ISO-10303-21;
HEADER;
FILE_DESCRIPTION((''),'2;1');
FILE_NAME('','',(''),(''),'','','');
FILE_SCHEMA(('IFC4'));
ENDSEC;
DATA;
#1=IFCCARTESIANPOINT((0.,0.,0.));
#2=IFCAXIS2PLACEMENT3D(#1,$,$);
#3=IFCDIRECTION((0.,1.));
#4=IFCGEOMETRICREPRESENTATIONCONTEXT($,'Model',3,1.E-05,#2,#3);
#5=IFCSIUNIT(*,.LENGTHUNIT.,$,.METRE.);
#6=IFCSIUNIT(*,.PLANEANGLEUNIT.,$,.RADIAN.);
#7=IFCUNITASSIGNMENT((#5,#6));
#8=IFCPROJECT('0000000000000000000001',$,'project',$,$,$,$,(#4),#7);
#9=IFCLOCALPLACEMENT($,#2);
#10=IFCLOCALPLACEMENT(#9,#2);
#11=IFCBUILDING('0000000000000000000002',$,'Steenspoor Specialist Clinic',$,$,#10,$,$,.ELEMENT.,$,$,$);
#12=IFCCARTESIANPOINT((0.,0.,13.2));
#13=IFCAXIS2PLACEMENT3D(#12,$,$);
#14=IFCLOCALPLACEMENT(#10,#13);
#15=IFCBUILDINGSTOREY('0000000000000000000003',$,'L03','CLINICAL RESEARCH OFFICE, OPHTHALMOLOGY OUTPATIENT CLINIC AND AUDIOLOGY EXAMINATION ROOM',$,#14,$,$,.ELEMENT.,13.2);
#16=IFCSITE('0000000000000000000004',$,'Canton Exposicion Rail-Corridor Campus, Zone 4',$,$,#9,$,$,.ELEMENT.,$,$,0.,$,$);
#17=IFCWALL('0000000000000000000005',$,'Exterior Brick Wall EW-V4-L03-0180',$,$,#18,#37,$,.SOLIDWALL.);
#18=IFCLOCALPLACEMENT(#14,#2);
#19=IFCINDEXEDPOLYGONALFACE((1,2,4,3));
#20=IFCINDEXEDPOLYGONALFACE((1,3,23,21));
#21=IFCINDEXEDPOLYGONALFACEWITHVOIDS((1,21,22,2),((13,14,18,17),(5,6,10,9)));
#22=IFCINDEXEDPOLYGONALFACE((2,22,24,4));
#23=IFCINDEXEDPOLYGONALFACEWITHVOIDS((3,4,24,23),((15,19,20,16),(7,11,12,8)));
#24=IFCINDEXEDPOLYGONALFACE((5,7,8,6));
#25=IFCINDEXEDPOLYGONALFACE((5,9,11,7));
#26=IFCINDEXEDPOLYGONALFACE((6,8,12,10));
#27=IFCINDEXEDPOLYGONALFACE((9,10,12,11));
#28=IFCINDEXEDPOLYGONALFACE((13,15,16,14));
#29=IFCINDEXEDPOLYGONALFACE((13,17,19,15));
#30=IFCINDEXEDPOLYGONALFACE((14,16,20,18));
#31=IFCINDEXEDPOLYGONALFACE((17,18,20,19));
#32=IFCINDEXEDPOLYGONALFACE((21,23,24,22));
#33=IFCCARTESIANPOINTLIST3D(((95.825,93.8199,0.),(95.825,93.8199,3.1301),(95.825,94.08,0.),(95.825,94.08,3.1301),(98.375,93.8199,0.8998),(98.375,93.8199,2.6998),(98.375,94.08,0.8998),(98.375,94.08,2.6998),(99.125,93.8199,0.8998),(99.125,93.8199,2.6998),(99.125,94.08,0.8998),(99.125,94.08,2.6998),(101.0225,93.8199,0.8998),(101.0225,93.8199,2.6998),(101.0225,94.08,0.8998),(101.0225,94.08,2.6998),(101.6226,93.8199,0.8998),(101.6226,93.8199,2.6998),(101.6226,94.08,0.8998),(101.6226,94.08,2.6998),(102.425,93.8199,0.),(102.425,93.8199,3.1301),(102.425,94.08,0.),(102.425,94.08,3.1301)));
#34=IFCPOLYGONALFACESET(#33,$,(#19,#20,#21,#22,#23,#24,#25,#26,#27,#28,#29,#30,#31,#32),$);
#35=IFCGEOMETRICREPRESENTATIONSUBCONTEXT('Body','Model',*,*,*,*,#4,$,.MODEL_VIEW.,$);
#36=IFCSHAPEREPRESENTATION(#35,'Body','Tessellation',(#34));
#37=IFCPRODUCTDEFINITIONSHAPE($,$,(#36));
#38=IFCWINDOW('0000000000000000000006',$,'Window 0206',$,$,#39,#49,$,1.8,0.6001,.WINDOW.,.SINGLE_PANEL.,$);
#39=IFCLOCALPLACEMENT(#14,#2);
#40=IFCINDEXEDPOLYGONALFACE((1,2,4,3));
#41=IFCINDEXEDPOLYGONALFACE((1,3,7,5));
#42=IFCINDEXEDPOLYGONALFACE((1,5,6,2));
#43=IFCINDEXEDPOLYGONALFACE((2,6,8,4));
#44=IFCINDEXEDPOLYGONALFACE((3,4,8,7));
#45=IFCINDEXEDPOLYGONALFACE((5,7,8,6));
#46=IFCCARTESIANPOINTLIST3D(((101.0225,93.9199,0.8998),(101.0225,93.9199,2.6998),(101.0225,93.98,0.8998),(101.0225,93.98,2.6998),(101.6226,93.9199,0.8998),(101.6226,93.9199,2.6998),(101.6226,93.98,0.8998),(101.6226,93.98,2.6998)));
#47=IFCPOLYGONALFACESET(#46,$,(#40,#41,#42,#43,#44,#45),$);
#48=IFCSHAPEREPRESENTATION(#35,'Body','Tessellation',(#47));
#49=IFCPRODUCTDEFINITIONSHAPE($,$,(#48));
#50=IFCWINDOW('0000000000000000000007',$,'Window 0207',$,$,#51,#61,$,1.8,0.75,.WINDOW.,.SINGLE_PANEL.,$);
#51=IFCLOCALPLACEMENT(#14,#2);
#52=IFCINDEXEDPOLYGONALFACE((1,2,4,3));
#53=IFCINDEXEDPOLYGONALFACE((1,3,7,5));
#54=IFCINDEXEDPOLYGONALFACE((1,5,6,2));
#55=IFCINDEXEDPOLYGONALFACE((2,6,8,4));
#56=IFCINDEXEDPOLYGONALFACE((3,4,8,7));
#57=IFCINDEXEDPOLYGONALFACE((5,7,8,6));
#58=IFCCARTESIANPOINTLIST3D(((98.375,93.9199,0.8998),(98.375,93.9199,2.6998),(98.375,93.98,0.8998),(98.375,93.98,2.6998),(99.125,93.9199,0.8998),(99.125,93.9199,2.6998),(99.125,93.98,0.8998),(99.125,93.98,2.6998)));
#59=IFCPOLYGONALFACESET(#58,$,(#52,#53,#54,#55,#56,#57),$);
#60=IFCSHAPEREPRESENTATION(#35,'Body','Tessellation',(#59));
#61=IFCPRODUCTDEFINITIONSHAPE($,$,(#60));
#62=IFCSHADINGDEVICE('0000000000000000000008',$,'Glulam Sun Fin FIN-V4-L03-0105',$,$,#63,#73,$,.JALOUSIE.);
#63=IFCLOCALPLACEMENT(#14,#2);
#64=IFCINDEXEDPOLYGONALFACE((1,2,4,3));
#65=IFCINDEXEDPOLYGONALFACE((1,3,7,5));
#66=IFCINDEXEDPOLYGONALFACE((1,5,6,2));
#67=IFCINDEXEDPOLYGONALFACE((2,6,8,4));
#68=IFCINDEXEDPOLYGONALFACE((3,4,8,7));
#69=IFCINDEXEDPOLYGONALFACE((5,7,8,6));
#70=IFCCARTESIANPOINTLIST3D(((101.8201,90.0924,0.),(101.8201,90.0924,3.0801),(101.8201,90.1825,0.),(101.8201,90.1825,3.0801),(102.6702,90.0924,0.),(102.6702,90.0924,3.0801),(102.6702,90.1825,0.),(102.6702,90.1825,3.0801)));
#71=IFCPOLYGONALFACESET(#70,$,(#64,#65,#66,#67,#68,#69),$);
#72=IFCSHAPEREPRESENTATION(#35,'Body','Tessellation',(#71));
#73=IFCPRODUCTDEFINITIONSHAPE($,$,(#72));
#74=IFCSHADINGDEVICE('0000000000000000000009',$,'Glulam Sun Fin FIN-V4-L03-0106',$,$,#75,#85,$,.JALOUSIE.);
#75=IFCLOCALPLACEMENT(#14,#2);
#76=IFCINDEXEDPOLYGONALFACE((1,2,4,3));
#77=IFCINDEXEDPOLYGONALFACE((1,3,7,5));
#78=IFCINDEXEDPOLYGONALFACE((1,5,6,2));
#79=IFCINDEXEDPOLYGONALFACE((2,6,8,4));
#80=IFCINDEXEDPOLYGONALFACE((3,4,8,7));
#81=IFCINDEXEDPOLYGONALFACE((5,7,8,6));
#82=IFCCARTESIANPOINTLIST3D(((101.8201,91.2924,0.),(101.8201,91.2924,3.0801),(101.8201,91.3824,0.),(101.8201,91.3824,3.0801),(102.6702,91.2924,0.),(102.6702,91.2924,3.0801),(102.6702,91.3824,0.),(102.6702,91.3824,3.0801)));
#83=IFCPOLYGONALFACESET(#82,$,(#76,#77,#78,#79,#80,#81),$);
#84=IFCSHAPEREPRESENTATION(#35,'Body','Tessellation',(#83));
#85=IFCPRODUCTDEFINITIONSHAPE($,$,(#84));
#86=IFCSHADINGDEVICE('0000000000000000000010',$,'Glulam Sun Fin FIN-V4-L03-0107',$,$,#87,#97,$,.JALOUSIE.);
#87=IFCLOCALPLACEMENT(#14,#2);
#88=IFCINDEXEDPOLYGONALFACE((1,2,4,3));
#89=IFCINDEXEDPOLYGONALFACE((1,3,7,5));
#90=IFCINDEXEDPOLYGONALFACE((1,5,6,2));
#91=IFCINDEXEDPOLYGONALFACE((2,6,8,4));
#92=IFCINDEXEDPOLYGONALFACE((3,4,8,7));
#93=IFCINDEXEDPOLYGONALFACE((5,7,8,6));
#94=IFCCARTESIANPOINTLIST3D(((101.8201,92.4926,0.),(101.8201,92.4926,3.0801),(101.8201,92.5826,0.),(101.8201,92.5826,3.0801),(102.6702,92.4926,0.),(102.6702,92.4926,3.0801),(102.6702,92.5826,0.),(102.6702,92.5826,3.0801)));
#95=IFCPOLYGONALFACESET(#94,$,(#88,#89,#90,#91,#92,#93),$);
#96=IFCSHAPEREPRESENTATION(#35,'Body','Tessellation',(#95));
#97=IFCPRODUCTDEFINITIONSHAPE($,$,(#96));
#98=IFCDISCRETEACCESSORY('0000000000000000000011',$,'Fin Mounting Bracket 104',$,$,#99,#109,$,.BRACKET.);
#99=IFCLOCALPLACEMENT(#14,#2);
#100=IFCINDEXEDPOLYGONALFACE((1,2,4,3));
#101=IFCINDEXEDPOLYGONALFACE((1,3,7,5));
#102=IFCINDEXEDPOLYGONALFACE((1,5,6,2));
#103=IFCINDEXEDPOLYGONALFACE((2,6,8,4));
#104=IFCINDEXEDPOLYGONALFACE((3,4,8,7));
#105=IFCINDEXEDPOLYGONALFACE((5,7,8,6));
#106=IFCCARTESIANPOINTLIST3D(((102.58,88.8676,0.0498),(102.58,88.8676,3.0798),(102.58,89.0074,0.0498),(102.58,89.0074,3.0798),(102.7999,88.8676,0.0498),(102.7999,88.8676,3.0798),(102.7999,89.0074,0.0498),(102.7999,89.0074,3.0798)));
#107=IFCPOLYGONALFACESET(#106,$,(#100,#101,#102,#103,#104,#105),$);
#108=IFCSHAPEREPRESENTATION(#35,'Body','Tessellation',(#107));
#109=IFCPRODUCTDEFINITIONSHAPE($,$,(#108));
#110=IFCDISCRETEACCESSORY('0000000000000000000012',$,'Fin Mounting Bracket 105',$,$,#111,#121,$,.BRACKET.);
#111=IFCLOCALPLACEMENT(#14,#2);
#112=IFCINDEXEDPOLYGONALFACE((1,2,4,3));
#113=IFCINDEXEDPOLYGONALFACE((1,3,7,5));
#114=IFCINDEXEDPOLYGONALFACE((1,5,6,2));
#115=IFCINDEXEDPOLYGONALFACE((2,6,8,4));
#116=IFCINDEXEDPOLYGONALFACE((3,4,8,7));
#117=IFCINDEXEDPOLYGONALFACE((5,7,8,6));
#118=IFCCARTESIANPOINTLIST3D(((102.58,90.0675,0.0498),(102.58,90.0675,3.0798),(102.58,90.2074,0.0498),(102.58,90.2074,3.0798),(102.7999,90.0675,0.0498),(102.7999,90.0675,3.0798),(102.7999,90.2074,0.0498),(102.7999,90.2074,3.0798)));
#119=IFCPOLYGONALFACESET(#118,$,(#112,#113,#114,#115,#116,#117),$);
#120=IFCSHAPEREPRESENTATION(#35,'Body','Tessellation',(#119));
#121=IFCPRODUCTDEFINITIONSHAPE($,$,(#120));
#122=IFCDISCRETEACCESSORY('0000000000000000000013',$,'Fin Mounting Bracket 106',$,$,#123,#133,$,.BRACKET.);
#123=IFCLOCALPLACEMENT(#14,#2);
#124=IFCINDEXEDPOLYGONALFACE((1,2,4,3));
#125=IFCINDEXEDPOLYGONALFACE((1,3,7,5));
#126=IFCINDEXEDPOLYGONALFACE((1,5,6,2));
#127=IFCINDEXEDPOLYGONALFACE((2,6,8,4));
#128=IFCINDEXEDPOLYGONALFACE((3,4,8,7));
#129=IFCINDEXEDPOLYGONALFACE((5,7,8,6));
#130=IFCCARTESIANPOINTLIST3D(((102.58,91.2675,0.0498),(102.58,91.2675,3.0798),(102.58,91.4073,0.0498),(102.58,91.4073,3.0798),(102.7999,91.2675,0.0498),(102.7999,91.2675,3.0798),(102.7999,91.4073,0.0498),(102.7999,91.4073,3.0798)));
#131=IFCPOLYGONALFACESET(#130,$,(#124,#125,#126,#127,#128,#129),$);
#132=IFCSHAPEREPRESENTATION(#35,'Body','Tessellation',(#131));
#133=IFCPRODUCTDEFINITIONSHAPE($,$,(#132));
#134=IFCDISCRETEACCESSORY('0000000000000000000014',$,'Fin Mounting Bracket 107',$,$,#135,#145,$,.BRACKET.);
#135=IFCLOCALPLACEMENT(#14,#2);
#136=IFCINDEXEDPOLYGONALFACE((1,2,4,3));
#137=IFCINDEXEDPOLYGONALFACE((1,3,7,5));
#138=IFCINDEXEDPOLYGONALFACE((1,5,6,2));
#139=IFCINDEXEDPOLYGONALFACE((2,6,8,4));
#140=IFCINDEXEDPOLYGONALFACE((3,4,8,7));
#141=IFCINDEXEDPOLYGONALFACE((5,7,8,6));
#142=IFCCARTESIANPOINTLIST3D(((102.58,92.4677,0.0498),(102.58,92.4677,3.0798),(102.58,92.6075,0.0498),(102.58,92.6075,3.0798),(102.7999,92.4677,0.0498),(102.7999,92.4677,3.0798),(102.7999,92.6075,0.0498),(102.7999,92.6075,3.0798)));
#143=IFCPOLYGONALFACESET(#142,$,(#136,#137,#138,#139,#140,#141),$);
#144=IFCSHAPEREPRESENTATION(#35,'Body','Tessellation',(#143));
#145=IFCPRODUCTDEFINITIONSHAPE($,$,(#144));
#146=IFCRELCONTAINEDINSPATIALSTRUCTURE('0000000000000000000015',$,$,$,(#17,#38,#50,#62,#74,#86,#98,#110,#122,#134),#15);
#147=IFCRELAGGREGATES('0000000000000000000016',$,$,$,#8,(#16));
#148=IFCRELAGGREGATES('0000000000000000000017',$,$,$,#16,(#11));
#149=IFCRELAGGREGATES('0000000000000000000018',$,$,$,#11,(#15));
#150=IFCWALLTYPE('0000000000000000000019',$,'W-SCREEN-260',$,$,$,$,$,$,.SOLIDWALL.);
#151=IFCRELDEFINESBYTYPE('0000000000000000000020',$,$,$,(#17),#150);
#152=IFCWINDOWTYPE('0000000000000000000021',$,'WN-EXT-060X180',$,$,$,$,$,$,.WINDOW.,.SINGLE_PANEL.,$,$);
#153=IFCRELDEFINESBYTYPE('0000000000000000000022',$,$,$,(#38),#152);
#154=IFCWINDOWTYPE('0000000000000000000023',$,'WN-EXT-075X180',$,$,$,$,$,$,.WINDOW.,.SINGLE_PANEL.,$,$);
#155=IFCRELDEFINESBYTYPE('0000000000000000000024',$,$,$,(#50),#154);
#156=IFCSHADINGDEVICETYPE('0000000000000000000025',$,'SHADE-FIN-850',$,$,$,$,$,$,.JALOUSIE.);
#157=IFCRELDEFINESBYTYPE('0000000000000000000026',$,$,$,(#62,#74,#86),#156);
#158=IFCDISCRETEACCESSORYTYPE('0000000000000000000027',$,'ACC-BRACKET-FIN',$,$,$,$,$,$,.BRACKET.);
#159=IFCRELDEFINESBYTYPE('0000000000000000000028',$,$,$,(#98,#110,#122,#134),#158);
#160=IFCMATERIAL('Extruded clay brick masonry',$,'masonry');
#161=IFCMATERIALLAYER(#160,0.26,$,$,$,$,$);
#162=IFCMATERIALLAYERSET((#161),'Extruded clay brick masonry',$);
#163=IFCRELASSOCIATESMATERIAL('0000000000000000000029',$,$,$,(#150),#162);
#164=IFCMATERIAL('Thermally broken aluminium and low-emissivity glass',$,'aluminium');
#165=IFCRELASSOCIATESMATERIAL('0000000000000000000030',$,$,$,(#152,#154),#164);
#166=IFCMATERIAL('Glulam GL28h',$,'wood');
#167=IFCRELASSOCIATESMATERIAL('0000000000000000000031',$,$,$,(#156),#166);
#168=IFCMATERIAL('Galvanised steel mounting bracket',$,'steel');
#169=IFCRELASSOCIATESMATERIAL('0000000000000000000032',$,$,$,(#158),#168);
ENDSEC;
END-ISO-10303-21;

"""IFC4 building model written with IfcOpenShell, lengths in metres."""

from ifc_helpers import new_model, si_unit, direction, frame, frame_2d, origin, origin_2d, place, context, subcontext, project, spatial, rectangle, extrude, material, layer, layer_set, material_profile, profile_set, type_object, element, fill, save


model = new_model("IFC4")

# Units and contexts
model_context = context("Model", 3, precision=1e-05, world=origin(), true_north=direction((0.0, 1.0)))
body_context = subcontext(model_context, "Body", "Model", "MODEL_VIEW")
ifc_project = project(units=[si_unit("LENGTHUNIT", "METRE"), si_unit("PLANEANGLEUNIT", "RADIAN")], contexts=[model_context])

# Site, building, storey
site_placement = place(None, origin())
site = spatial("IfcSite", under=ifc_project, at=site_placement, Name="Canton Exposicion Rail-Corridor Campus, Zone 4", CompositionType="ELEMENT", RefElevation=0.0)
building_placement = place(site_placement, origin())
building = spatial("IfcBuilding", under=site, at=building_placement, Name="Steenspoor Specialist Clinic", CompositionType="ELEMENT")
storey_placement = place(building_placement, frame((0.0, 0.0, 13.2)))
storey = spatial("IfcBuildingStorey", under=building, at=storey_placement, Name="L03", Description="CLINICAL RESEARCH OFFICE, OPHTHALMOLOGY OUTPATIENT CLINIC AND AUDIOLOGY EXAMINATION ROOM", CompositionType="ELEMENT", Elevation=13.2)

# Shared definitions
ifc_material_1 = material(Name="Thermally broken aluminium and low-emissivity glass", Category="aluminium")

# Wall, openings, windows
ifc_material_2 = material(Name="Extruded clay brick masonry", Category="masonry")
ifc_layer_1 = layer(ifc_material_2, 0.26)
ifc_layer_set_1 = layer_set([ifc_layer_1], Name="Extruded clay brick masonry")
wall_type_1 = type_object("IfcWallType", Name="W-SCREEN-260", PredefinedType="SOLIDWALL", material=ifc_layer_set_1)
wall_1_placement = place(storey_placement, frame((102.425, 93.95, 0.0), z_axis=(0.0, 0.0, 1.0), x_axis=(-1.0, 0.0, 0.0)))
wall_1 = element("IfcWall", 1, at=wall_1_placement, inside=storey, type_object=wall_type_1, Name="Exterior Brick Wall EW-V4-L03-0180", PredefinedType="SOLIDWALL", context=body_context, shape_type="SweptSolid", body=[
    extrude(rectangle(XDim=6.6001, YDim=0.26, at=frame_2d((3.3, 0.0))), origin(), (0.0, 0.0, 1.0), 3.1301),
])
opening_1_placement = place(wall_1_placement, frame((0.8025, 0.0, 0.8999)))
opening_1 = element("IfcOpeningElement", 2, at=opening_1_placement, cuts=wall_1, PredefinedType="OPENING", context=body_context, shape_type="SweptSolid", body=[
    extrude(rectangle(XDim=0.6001, YDim=1.8, at=frame_2d((0.3, 0.8999))), frame((0.0, 0.1401, 0.0), z_axis=(0.0, -1.0, 0.0), x_axis=(1.0, 0.0, 0.0)), (0.0, 0.0, 1.0), 0.28),
])
opening_2_placement = place(wall_1_placement, frame((3.3, 0.0, 0.8999)))
opening_2 = element("IfcOpeningElement", 3, at=opening_2_placement, cuts=wall_1, PredefinedType="OPENING", context=body_context, shape_type="SweptSolid", body=[
    extrude(rectangle(XDim=0.75, YDim=1.8, at=frame_2d((0.375, 0.8999))), frame((0.0, 0.1401, 0.0), z_axis=(0.0, -1.0, 0.0), x_axis=(1.0, 0.0, 0.0)), (0.0, 0.0, 1.0), 0.28),
])
window_type_1 = type_object("IfcWindowType", Name="WN-EXT-060X180", PartitioningType="SINGLE_PANEL", PredefinedType="WINDOW", material=ifc_material_1)
window_1_placement = place(opening_1_placement, origin())
window_1 = element("IfcWindow", 4, at=window_1_placement, inside=storey, type_object=window_type_1, Name="Window 0206", OverallHeight=1.8, OverallWidth=0.6001, PartitioningType="SINGLE_PANEL", PredefinedType="WINDOW", context=body_context, shape_type="SweptSolid", body=[
    extrude(rectangle(XDim=0.6001, YDim=1.8, at=frame_2d((0.3, 0.8999))), frame((0.0, 0.03, 0.0), z_axis=(0.0, -1.0, 0.0), x_axis=(1.0, 0.0, 0.0)), (0.0, 0.0, 1.0), 0.0601),
])
fill(opening_1, window_1)
window_type_2 = type_object("IfcWindowType", Name="WN-EXT-075X180", PartitioningType="SINGLE_PANEL", PredefinedType="WINDOW", material=ifc_material_1)
window_2_placement = place(opening_2_placement, origin())
window_2 = element("IfcWindow", 5, at=window_2_placement, inside=storey, type_object=window_type_2, Name="Window 0207", OverallHeight=1.8, OverallWidth=0.75, PartitioningType="SINGLE_PANEL", PredefinedType="WINDOW", context=body_context, shape_type="SweptSolid", body=[
    extrude(rectangle(XDim=0.75, YDim=1.8, at=frame_2d((0.375, 0.8999))), frame((0.0, 0.03, 0.0), z_axis=(0.0, -1.0, 0.0), x_axis=(1.0, 0.0, 0.0)), (0.0, 0.0, 1.0), 0.0601),
])
fill(opening_2, window_2)

# Shading devices
ifc_material_3 = material(Name="Glulam GL28h", Category="wood")
ifc_material_profile_1 = material_profile(ifc_material_3, rectangle(XDim=0.0901, YDim=0.8501, at=origin_2d()), Name="GL28H-90X850")
ifc_profile_set_1 = profile_set([ifc_material_profile_1], Name="Glulam GL28h")
shading_device_type = type_object("IfcShadingDeviceType", Name="SHADE-FIN-850", PredefinedType="JALOUSIE", material=ifc_profile_set_1)
for number, where, z_axis, x_axis, name in (
    (6, (102.2451, 90.1375, 0.0), (0.0, 0.0, 1.0), (0.0, 1.0, 0.0), "Glulam Sun Fin FIN-V4-L03-0105"),
    (7, (102.2451, 91.3374, 0.0), (0.0, 0.0, 1.0), (0.0, 1.0, 0.0), "Glulam Sun Fin FIN-V4-L03-0106"),
    (8, (102.2451, 92.5376, 0.0), (0.0, 0.0, 1.0), (0.0, 1.0, 0.0), "Glulam Sun Fin FIN-V4-L03-0107"),
):
    element("IfcShadingDevice", number, at=place(storey_placement, frame(where, z_axis=z_axis, x_axis=x_axis)), inside=storey, type_object=shading_device_type, Name=name, PredefinedType="JALOUSIE", context=body_context, shape_type="SweptSolid", body=[
        extrude(rectangle(XDim=0.0901, YDim=0.8501, at=origin_2d()), origin(), (0.0, 0.0, 1.0), 3.0801),
    ])

# Discrete accessories
ifc_material_4 = material(Name="Galvanised steel mounting bracket", Category="steel")
discrete_accessory_type = type_object("IfcDiscreteAccessoryType", Name="ACC-BRACKET-FIN", PredefinedType="BRACKET", material=ifc_material_4)
for number, where, z_axis, x_axis, name in (
    (9, (102.6899, 88.9375, 0.0498), (0.0, 0.0, 1.0), (-1.0, 0.0, 0.0), "Fin Mounting Bracket 104"),
    (10, (102.6899, 90.1375, 0.0498), (0.0, 0.0, 1.0), (-1.0, 0.0, 0.0), "Fin Mounting Bracket 105"),
    (11, (102.6899, 91.3374, 0.0498), (0.0, 0.0, 1.0), (-1.0, 0.0, 0.0), "Fin Mounting Bracket 106"),
    (12, (102.6899, 92.5376, 0.0498), (0.0, 0.0, 1.0), (-1.0, 0.0, 0.0), "Fin Mounting Bracket 107"),
):
    element("IfcDiscreteAccessory", number, at=place(storey_placement, frame(where, z_axis=z_axis, x_axis=x_axis)), inside=storey, type_object=discrete_accessory_type, Name=name, PredefinedType="BRACKET", context=body_context, shape_type="SweptSolid", body=[
        extrude(rectangle(XDim=0.22, YDim=0.1399, at=origin_2d()), origin(), (0.0, 0.0, 1.0), 3.03),
    ])

save(model, "model.ifc")
